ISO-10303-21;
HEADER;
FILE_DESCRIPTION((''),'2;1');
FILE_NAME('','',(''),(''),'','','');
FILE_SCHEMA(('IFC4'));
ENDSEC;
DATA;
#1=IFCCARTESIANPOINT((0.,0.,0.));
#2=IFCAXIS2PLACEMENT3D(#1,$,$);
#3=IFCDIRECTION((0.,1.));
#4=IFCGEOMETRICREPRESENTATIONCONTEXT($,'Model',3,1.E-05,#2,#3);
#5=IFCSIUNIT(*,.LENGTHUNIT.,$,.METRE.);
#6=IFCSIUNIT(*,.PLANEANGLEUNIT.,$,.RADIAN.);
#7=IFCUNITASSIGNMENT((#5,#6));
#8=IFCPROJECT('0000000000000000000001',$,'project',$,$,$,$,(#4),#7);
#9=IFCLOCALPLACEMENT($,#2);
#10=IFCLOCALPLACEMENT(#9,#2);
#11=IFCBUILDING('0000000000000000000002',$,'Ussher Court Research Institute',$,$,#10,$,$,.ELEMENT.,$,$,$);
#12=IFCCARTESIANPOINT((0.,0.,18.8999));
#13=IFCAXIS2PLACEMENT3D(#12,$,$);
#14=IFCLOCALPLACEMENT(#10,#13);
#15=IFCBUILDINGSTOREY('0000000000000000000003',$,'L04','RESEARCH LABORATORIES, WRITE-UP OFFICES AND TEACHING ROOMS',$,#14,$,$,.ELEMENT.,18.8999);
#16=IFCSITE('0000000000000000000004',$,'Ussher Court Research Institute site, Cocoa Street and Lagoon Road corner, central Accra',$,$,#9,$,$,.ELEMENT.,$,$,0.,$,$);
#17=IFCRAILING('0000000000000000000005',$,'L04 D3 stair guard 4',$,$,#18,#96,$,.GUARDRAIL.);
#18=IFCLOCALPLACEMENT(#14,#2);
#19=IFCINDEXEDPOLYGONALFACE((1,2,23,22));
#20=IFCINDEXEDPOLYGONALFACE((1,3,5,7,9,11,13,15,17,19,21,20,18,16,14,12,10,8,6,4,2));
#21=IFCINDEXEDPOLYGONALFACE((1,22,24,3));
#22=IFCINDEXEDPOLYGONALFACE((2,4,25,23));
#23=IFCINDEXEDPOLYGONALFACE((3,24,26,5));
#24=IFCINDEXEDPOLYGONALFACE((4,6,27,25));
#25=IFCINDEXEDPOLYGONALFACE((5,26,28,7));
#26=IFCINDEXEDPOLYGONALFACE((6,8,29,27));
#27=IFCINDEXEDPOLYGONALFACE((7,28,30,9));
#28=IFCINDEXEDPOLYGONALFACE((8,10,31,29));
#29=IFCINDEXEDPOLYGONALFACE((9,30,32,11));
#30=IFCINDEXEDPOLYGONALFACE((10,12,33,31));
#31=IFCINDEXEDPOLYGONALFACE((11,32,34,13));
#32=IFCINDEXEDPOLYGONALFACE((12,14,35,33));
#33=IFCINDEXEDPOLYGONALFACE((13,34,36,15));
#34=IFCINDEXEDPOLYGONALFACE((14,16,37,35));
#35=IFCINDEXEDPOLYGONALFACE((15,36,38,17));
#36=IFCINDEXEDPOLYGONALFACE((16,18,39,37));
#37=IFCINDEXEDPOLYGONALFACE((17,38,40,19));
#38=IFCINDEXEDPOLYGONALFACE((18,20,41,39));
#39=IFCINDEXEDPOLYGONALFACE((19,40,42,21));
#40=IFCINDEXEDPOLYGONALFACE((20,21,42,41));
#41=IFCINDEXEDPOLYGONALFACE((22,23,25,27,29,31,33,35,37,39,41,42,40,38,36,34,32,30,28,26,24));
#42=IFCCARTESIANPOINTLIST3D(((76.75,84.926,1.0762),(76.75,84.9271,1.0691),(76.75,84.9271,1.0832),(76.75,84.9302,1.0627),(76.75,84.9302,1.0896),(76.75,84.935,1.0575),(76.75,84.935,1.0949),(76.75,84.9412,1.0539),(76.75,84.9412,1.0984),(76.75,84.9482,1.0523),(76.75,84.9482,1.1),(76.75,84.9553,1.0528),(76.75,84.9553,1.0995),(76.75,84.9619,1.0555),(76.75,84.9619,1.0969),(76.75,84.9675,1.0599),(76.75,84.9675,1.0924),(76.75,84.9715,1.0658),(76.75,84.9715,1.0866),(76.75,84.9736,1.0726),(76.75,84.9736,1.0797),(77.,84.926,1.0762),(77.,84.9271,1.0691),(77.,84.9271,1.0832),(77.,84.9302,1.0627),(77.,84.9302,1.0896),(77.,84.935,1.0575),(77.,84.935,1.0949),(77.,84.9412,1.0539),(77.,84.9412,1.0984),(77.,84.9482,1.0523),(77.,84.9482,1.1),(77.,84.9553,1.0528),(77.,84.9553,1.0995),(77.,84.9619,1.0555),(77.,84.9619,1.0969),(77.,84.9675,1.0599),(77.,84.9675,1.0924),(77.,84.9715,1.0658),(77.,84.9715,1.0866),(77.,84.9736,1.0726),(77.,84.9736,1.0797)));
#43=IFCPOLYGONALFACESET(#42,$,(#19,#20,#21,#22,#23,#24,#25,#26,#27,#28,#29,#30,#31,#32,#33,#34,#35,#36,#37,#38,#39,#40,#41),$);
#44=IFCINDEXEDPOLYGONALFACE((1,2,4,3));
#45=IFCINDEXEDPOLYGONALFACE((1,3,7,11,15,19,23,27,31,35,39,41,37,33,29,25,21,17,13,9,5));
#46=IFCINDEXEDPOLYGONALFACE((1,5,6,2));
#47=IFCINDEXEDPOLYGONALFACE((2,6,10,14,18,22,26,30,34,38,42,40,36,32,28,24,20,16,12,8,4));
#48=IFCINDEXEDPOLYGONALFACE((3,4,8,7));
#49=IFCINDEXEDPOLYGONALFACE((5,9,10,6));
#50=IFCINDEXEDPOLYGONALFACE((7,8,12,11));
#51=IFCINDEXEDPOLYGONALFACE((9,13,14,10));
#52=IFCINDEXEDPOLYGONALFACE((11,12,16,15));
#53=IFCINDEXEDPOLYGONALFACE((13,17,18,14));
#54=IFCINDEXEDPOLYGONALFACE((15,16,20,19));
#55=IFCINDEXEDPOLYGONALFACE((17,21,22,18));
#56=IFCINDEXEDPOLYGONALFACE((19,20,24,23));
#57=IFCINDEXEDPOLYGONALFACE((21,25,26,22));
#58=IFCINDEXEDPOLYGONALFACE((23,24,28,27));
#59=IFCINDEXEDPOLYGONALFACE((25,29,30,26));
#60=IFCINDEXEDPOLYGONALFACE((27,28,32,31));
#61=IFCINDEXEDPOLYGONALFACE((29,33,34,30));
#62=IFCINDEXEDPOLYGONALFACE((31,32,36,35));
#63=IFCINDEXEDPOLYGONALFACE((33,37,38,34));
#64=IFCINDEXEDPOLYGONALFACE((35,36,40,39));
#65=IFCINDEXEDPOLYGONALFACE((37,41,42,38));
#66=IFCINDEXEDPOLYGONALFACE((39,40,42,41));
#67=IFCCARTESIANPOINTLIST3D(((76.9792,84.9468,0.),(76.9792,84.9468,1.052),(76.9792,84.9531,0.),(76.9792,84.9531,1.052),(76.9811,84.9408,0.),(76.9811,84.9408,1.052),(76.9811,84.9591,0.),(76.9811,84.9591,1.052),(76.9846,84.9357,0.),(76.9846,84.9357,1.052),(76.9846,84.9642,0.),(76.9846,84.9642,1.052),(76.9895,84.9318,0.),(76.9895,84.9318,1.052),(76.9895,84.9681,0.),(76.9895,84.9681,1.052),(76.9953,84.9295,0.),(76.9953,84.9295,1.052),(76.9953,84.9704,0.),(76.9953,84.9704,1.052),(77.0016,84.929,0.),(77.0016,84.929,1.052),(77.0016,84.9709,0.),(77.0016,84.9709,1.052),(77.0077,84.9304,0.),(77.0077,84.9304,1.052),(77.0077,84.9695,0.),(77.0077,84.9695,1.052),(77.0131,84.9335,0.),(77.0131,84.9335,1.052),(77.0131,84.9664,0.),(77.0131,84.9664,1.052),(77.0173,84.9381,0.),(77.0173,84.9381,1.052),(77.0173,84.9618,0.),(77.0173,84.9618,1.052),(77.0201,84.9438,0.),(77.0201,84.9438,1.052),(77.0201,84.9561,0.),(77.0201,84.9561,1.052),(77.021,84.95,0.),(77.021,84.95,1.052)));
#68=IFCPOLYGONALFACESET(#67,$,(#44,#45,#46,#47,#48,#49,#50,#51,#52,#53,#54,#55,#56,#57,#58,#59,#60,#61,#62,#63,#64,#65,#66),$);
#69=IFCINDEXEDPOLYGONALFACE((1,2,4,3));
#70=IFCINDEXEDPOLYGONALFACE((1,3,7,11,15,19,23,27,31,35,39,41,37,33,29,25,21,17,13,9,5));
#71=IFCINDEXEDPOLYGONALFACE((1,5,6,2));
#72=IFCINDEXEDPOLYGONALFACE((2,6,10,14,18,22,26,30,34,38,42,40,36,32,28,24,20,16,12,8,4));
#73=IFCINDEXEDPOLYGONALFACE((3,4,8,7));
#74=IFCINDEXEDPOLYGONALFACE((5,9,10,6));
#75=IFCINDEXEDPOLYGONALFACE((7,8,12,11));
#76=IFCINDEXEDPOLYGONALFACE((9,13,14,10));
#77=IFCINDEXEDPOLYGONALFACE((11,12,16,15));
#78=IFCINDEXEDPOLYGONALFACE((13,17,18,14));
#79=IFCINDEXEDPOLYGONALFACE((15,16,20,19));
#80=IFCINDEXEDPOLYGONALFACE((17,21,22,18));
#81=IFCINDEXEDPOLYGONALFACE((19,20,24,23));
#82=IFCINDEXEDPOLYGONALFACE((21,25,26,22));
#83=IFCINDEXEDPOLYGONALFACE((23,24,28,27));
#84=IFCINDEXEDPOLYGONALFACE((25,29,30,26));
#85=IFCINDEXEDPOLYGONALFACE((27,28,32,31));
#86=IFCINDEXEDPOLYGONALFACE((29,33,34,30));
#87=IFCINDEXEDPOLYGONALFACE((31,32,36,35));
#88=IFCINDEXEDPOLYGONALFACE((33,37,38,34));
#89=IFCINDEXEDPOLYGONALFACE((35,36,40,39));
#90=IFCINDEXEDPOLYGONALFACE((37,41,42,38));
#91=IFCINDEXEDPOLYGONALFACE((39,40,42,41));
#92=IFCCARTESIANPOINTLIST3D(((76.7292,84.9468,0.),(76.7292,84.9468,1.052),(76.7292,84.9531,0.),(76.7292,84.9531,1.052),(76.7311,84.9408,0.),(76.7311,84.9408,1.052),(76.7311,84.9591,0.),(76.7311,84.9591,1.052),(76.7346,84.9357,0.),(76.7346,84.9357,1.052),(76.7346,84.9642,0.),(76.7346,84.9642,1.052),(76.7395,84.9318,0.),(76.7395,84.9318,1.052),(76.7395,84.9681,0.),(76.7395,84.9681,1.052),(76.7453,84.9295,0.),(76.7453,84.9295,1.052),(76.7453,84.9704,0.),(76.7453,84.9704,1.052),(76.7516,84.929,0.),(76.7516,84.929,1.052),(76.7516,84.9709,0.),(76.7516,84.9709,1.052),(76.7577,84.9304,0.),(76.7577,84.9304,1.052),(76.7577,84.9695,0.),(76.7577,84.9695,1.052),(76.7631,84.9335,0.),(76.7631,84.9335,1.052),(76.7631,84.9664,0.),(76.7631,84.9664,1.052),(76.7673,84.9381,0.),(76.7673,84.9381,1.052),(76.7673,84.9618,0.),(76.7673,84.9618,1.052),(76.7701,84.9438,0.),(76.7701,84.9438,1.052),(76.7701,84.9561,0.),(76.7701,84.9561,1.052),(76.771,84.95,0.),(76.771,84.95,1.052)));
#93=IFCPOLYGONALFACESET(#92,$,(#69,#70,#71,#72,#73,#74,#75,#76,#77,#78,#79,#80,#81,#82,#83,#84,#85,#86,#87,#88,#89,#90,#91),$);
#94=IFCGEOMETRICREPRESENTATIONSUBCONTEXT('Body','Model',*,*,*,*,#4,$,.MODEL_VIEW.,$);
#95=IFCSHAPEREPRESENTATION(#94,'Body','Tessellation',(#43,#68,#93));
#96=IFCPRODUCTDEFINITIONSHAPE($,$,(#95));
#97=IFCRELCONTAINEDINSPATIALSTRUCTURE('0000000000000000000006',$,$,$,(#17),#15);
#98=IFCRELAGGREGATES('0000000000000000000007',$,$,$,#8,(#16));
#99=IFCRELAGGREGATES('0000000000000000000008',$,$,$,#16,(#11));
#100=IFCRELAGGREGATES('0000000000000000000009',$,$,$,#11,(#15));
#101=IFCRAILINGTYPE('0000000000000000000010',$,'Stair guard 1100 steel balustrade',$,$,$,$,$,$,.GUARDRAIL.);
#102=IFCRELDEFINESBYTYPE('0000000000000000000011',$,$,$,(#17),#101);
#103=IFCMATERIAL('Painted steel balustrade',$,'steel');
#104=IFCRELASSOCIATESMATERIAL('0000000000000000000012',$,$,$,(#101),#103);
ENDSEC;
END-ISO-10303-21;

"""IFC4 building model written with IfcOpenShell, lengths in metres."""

from ifc_helpers import new_model, si_unit, direction, frame, origin, origin_2d, place, context, subcontext, project, spatial, circle, extrude, material, type_object, element, save


model = new_model("IFC4")

# Units and contexts
model_context = context("Model", 3, precision=1e-05, world=origin(), true_north=direction((0.0, 1.0)))
body_context = subcontext(model_context, "Body", "Model", "MODEL_VIEW")
ifc_project = project(units=[si_unit("LENGTHUNIT", "METRE"), si_unit("PLANEANGLEUNIT", "RADIAN")], contexts=[model_context])

# Site, building, storey
site_placement = place(None, origin())
site = spatial("IfcSite", under=ifc_project, at=site_placement, Name="Ussher Court Research Institute site, Cocoa Street and Lagoon Road corner, central Accra", CompositionType="ELEMENT", RefElevation=0.0)
building_placement = place(site_placement, origin())
building = spatial("IfcBuilding", under=site, at=building_placement, Name="Ussher Court Research Institute", CompositionType="ELEMENT")
storey_placement = place(building_placement, frame((0.0, 0.0, 18.8999)))
storey = spatial("IfcBuildingStorey", under=building, at=storey_placement, Name="L04", Description="RESEARCH LABORATORIES, WRITE-UP OFFICES AND TEACHING ROOMS", CompositionType="ELEMENT", Elevation=18.8999)

# Railing
ifc_material_1 = material(Name="Painted steel balustrade", Category="steel")
railing_type_1 = type_object("IfcRailingType", Name="Stair guard 1100 steel balustrade", PredefinedType="GUARDRAIL", material=ifc_material_1)
railing_1_placement = place(storey_placement, frame((77.0, 84.95, 0.0)))
element("IfcRailing", 1, at=railing_1_placement, inside=storey, type_object=railing_type_1, Name="L04 D3 stair guard 4", PredefinedType="GUARDRAIL", context=body_context, shape_type="SweptSolid", body=[
    extrude(circle(Radius=0.0239, at=origin_2d()), frame((0.0, 0.0, 1.0762), z_axis=(-1.0, 0.0, 0.0), x_axis=(0.0, -1.0, 0.0)), (0.0, 0.0, 1.0), 0.25),
    extrude(circle(Radius=0.021, at=origin_2d()), origin(), (0.0, 0.0, 1.0), 1.052),
    extrude(circle(Radius=0.021, at=origin_2d()), frame((-0.25, 0.0, 0.0)), (0.0, 0.0, 1.0), 1.052),
])

save(model, "model.ifc")
